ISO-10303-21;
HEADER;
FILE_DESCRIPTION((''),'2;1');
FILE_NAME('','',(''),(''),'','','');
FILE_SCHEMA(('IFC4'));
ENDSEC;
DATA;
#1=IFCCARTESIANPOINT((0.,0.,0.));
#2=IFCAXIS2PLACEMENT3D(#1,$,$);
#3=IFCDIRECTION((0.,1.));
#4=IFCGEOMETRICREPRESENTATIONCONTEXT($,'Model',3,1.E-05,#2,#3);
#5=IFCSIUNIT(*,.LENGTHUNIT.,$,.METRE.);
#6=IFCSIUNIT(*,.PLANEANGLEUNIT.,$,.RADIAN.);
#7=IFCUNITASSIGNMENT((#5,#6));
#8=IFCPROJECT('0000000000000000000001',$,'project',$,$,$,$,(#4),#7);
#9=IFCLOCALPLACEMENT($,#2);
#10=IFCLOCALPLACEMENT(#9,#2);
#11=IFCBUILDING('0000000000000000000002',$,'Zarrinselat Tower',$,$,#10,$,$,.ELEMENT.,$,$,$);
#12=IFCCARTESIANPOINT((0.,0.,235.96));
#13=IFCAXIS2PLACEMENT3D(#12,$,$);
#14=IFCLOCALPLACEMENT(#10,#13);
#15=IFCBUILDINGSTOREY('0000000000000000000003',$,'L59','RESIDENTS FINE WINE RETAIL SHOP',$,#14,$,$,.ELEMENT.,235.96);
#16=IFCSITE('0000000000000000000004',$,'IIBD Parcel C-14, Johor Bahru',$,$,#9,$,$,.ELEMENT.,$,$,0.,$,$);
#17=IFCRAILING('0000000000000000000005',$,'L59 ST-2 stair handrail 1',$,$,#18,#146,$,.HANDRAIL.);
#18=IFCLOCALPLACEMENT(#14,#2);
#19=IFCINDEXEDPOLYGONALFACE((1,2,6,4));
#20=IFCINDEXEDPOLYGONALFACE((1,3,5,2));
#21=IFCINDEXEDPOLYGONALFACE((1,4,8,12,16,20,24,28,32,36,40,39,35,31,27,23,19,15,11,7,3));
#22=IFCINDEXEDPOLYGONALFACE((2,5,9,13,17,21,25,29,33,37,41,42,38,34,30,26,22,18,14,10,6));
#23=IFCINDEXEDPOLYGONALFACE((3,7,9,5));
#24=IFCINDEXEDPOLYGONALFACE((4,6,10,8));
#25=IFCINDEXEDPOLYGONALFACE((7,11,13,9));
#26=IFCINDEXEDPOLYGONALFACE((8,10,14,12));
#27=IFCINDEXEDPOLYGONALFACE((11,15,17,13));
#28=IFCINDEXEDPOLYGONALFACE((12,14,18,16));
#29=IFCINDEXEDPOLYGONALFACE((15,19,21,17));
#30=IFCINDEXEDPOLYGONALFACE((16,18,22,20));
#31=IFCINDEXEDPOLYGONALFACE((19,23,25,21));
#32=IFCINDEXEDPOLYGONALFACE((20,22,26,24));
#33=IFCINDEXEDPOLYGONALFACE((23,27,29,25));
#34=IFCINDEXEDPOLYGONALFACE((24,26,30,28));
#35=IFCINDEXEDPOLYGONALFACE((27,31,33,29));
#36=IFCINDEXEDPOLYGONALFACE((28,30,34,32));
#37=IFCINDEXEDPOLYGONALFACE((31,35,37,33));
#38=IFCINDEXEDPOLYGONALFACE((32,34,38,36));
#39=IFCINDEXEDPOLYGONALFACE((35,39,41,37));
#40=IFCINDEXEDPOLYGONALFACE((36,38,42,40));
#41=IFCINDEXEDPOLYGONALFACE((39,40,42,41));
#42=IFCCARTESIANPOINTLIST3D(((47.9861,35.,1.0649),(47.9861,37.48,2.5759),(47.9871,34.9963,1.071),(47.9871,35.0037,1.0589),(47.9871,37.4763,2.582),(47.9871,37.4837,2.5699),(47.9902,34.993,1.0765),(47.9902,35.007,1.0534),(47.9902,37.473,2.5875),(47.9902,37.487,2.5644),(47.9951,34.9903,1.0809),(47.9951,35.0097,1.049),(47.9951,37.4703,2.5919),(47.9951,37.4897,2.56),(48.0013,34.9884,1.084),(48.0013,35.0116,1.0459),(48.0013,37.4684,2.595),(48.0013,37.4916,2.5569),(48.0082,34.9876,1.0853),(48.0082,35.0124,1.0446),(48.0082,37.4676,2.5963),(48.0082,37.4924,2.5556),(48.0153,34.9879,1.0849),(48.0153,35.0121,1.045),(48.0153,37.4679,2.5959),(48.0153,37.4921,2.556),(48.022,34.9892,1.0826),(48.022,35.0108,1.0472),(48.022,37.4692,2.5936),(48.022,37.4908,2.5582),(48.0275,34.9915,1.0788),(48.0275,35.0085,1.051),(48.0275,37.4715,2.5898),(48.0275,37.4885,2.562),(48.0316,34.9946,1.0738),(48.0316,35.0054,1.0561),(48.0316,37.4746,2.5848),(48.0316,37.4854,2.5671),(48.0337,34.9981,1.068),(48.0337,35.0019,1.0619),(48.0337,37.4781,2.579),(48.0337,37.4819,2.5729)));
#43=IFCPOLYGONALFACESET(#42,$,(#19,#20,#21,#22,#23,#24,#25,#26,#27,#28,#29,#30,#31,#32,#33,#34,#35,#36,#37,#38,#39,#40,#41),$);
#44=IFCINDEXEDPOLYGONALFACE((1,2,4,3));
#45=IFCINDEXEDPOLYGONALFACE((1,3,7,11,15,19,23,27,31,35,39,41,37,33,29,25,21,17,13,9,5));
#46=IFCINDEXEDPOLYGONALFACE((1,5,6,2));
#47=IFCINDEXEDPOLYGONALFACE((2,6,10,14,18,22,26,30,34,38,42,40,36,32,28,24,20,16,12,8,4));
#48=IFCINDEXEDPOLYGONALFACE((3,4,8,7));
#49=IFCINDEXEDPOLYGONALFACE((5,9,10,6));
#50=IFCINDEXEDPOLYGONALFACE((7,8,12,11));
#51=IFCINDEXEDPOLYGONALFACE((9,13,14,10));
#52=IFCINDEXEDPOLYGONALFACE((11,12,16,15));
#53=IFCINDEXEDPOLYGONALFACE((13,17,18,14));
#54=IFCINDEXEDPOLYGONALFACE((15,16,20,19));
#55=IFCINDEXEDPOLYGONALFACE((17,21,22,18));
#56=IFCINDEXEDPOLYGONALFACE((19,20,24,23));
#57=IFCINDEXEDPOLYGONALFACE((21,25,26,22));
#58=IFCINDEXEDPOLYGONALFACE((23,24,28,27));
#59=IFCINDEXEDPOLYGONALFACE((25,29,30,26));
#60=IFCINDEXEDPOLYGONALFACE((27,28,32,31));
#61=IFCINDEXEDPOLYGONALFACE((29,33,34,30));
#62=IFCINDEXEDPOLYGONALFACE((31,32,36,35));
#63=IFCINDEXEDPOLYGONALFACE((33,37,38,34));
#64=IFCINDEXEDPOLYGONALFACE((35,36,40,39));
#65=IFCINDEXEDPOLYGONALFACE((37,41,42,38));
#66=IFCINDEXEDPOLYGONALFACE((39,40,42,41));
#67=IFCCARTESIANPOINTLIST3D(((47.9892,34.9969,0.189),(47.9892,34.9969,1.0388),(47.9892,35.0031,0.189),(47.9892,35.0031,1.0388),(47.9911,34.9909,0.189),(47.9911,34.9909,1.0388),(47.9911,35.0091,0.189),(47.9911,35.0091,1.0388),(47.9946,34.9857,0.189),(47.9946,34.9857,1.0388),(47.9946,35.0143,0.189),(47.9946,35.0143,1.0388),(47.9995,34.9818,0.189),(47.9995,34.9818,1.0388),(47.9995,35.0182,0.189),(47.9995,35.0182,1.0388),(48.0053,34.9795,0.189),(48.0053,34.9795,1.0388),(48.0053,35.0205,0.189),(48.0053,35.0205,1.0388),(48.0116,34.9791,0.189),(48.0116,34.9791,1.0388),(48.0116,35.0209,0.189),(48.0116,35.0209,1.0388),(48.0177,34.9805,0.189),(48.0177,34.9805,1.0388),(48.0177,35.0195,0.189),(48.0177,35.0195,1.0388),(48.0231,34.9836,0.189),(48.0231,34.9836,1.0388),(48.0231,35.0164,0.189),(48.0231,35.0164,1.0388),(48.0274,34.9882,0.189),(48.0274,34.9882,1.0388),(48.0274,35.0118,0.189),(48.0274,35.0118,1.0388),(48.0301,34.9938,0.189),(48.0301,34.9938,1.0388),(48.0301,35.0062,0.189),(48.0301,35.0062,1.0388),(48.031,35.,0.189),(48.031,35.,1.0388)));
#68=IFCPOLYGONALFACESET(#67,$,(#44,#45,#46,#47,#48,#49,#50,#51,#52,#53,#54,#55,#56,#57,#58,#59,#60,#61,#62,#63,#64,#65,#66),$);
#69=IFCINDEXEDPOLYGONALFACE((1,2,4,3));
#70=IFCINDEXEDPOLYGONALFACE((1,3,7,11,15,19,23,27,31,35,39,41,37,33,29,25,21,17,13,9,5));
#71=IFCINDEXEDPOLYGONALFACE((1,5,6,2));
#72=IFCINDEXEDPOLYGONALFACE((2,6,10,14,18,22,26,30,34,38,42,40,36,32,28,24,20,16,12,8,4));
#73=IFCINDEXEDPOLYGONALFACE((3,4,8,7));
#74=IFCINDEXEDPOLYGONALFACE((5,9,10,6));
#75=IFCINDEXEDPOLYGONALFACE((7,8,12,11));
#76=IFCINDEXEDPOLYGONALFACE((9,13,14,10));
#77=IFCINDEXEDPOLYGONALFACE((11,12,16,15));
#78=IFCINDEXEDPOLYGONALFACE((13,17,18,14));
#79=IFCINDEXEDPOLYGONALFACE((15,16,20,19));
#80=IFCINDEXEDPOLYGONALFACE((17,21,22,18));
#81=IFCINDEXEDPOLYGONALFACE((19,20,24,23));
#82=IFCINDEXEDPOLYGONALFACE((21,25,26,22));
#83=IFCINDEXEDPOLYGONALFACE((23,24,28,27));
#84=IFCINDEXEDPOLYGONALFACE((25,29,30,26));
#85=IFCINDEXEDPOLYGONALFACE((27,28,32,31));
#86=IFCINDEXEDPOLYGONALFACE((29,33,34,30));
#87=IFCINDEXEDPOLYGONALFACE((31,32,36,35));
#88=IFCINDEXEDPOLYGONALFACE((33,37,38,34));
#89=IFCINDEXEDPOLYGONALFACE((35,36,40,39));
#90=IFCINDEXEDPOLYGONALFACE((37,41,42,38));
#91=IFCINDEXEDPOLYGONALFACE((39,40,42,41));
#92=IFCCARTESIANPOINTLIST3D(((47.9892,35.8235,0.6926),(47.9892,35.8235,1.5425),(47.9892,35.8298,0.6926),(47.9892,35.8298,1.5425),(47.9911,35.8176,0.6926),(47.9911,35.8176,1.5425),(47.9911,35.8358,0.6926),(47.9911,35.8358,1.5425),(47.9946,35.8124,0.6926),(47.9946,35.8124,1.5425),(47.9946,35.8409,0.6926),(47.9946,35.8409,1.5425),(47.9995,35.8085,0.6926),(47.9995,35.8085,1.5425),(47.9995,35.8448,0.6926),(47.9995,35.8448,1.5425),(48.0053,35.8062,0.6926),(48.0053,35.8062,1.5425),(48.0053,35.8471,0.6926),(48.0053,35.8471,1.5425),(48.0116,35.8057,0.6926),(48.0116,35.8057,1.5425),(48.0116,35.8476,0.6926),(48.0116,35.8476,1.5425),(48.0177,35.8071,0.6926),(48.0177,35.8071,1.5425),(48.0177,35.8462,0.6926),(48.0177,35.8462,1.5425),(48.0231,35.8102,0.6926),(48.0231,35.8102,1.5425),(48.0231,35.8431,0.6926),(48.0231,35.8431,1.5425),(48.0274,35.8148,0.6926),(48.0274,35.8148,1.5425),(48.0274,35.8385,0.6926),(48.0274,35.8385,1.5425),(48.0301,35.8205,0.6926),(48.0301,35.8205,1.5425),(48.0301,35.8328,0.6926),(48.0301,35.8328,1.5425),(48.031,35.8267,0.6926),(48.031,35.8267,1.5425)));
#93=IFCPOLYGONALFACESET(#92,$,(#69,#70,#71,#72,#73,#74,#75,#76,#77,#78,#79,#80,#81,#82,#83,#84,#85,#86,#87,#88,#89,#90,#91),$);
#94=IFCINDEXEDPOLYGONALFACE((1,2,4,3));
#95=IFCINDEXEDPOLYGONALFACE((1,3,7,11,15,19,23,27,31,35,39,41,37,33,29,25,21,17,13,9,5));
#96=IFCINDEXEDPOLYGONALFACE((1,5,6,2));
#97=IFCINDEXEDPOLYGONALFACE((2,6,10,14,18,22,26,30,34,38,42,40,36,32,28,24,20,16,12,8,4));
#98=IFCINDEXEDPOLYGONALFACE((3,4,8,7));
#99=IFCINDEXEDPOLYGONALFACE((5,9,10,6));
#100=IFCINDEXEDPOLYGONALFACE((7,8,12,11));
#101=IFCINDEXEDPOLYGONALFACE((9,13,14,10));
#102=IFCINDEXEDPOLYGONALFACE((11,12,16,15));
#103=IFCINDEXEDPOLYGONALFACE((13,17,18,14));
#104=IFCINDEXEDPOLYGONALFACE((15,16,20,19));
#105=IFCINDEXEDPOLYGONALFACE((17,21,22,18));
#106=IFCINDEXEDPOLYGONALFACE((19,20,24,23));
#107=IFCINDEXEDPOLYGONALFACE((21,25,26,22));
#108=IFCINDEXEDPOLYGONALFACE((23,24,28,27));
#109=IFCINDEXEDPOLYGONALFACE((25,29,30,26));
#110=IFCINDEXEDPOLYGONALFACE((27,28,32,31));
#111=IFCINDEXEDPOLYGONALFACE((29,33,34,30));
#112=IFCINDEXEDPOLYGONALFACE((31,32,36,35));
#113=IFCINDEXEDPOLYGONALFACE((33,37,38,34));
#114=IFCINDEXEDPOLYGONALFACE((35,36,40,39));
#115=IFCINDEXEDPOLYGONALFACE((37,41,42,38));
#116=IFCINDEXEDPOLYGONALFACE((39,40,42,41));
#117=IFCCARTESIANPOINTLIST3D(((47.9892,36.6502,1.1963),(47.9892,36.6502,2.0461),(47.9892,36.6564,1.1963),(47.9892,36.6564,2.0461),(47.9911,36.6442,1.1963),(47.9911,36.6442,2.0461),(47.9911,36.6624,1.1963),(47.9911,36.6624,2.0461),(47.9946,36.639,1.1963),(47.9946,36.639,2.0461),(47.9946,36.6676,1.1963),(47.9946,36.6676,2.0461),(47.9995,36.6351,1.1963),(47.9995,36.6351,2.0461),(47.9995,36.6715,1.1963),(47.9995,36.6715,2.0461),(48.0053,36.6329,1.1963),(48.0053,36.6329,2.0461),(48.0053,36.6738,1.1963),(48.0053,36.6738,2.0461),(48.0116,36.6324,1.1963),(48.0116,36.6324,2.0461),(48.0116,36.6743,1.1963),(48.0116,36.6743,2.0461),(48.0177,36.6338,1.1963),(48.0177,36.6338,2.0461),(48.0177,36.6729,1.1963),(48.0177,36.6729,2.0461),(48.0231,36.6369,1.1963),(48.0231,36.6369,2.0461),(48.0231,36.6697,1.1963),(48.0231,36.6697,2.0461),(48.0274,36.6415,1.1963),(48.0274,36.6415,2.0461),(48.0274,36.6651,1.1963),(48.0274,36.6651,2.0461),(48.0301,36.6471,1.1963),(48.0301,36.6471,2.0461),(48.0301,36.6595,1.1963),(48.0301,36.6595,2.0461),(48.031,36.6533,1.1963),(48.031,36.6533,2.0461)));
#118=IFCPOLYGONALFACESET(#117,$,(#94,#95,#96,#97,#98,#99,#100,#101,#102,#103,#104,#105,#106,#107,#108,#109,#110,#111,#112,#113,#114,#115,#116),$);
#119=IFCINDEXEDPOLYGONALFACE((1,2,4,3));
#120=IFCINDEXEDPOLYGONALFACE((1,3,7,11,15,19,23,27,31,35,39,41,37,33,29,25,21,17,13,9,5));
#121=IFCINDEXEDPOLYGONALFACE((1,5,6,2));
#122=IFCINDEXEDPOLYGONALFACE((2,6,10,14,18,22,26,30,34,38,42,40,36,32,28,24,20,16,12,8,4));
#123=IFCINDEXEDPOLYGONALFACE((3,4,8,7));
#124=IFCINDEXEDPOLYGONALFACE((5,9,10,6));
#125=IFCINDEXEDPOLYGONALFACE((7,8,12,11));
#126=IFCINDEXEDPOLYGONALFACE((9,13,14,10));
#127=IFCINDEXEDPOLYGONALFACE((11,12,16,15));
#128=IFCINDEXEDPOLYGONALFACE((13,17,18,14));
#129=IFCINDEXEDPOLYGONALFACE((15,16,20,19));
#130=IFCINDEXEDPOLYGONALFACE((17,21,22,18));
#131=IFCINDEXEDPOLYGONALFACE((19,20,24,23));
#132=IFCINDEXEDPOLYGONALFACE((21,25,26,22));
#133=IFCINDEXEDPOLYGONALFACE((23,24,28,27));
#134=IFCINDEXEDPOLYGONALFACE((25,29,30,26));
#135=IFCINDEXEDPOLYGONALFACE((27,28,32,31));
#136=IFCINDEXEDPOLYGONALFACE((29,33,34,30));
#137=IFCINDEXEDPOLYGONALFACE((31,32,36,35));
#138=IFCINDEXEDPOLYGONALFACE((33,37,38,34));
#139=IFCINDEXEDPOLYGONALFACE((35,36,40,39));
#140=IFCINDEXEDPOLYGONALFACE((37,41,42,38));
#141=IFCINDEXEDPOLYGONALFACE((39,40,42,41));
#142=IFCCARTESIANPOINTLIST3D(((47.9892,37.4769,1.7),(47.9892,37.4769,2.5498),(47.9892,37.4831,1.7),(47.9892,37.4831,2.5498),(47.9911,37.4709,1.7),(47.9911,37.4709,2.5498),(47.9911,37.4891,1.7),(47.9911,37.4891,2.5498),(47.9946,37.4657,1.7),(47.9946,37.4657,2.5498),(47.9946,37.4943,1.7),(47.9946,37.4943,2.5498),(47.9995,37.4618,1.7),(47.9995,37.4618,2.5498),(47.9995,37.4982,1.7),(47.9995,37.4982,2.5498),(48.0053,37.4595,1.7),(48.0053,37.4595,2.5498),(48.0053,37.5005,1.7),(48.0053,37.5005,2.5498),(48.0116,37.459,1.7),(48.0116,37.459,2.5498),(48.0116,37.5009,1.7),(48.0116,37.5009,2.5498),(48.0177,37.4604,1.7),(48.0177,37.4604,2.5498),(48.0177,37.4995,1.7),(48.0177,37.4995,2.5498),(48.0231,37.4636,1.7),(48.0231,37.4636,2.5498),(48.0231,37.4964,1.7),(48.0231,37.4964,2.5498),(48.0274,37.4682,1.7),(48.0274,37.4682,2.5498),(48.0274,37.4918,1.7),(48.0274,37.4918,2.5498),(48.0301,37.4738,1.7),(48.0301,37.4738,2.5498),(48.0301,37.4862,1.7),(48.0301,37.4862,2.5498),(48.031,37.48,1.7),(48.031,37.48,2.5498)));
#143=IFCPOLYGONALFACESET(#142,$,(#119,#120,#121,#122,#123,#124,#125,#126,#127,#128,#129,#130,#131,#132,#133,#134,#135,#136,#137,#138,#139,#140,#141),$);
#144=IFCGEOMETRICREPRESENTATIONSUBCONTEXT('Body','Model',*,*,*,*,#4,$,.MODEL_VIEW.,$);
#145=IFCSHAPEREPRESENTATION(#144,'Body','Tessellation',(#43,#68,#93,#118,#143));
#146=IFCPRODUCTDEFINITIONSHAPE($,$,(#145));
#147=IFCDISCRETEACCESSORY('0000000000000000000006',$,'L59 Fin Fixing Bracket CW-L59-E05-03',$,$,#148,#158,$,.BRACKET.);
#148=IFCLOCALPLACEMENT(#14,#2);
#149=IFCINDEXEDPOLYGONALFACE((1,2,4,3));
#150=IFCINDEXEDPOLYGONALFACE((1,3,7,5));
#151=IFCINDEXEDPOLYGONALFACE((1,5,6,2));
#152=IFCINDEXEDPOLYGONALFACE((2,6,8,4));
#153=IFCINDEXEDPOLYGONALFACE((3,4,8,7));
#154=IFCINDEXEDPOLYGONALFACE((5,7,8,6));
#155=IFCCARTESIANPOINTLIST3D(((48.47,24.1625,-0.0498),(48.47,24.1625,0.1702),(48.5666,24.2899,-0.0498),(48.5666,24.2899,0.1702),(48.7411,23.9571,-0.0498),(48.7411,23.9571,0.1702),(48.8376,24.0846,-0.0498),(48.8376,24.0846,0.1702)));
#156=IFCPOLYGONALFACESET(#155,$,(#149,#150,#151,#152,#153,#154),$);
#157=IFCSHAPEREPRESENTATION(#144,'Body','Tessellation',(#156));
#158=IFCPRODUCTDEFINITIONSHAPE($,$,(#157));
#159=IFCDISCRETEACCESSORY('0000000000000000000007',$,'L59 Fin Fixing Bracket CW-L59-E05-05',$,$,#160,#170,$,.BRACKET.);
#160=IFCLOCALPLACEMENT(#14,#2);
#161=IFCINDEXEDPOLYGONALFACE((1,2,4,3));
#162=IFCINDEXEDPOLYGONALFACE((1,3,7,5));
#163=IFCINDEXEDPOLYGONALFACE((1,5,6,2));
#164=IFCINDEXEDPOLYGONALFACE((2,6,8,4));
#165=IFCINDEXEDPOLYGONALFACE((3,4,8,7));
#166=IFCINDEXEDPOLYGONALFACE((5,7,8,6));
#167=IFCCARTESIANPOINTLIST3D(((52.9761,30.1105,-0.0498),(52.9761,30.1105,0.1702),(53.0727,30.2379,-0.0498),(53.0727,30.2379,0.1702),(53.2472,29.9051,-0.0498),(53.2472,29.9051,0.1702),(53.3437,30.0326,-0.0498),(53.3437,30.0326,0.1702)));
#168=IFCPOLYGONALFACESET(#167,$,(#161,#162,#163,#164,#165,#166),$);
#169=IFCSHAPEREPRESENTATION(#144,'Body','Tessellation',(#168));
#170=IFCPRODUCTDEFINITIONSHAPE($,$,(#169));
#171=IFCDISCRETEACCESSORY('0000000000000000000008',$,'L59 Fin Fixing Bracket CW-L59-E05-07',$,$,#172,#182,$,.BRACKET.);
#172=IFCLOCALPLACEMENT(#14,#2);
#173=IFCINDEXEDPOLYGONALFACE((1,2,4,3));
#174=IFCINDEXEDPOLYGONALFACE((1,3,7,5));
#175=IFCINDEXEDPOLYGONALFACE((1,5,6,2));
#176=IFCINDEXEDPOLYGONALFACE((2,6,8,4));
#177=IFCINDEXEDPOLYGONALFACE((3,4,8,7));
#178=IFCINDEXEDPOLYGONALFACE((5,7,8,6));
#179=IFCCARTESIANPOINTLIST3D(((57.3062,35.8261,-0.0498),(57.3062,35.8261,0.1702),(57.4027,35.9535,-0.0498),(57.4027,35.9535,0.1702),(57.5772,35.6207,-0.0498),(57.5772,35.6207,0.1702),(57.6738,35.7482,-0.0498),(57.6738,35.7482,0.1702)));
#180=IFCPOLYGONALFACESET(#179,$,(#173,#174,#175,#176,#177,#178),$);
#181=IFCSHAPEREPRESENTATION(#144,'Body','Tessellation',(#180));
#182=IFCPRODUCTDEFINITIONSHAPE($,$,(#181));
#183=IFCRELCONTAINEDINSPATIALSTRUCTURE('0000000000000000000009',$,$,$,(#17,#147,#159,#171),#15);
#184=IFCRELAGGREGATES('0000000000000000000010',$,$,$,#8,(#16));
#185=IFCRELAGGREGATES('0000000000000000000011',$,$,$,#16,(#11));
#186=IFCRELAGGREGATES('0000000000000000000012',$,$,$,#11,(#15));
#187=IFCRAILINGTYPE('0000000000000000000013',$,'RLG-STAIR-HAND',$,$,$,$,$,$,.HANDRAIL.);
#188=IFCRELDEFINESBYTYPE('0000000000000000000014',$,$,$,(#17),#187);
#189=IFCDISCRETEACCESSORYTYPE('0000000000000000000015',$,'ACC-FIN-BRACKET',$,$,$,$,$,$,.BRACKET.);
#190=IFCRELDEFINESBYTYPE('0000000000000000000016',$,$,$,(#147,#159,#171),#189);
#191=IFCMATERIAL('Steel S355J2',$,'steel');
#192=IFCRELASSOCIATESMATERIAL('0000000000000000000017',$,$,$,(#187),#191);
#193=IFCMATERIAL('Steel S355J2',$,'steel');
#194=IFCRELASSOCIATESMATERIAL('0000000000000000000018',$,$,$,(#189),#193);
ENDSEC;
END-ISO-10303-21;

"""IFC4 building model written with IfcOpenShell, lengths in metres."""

from ifc_helpers import new_model, si_unit, direction, frame, origin, origin_2d, place, context, subcontext, project, spatial, rectangle, circle, extrude, material, type_object, element, save


model = new_model("IFC4")

# Units and contexts
model_context = context("Model", 3, precision=1e-05, world=origin(), true_north=direction((0.0, 1.0)))
body_context = subcontext(model_context, "Body", "Model", "MODEL_VIEW")
ifc_project = project(units=[si_unit("LENGTHUNIT", "METRE"), si_unit("PLANEANGLEUNIT", "RADIAN")], contexts=[model_context])

# Site, building, storey
site_placement = place(None, origin())
site = spatial("IfcSite", under=ifc_project, at=site_placement, Name="IIBD Parcel C-14, Johor Bahru", CompositionType="ELEMENT", RefElevation=0.0)
building_placement = place(site_placement, origin())
building = spatial("IfcBuilding", under=site, at=building_placement, Name="Zarrinselat Tower", CompositionType="ELEMENT")
storey_placement = place(building_placement, frame((0.0, 0.0, 235.96)))
storey = spatial("IfcBuildingStorey", under=building, at=storey_placement, Name="L59", Description="RESIDENTS FINE WINE RETAIL SHOP", CompositionType="ELEMENT", Elevation=235.96)

# Railing
ifc_material_1 = material(Name="Steel S355J2", Category="steel")
railing_type = type_object("IfcRailingType", Name="RLG-STAIR-HAND", PredefinedType="HANDRAIL", material=ifc_material_1)
railing_placement = place(storey_placement, frame((48.01, 35.0, 0.189)))
element("IfcRailing", 1, at=railing_placement, inside=storey, type_object=railing_type, Name="L59 ST-2 stair handrail 1", PredefinedType="HANDRAIL", context=body_context, shape_type="SweptSolid", body=[
    extrude(circle(Radius=0.0239, at=origin_2d()), frame((0.0, 0.0, 0.876), z_axis=(0.0, 0.853979, 0.520307), x_axis=(-1.0, 0.0, 0.0)), (0.0, 0.0, 1.0), 2.9041),
    extrude(circle(Radius=0.021, at=origin_2d()), origin(), (0.0, 0.0, 1.0), 0.8499),
    extrude(circle(Radius=0.021, at=origin_2d()), frame((0.0, 0.8267, 0.5037)), (0.0, 0.0, 1.0), 0.8499),
    extrude(circle(Radius=0.021, at=origin_2d()), frame((0.0, 1.6533, 1.0073)), (0.0, 0.0, 1.0), 0.8499),
    extrude(circle(Radius=0.021, at=origin_2d()), frame((0.0, 2.48, 1.511)), (0.0, 0.0, 1.0), 0.8499),
])

# Discrete accessories
ifc_material_2 = material(Name="Steel S355J2", Category="steel")
discrete_accessory_type = type_object("IfcDiscreteAccessoryType", Name="ACC-FIN-BRACKET", PredefinedType="BRACKET", material=ifc_material_2)
for number, where, z_axis, x_axis, name in (
    (2, (48.6538, 24.1235, -0.0498), (0.0, 0.0, 1.0), (0.797091, -0.603859, 0.0), "L59 Fin Fixing Bracket CW-L59-E05-03"),
    (3, (53.1599, 30.0715, -0.0498), (0.0, 0.0, 1.0), (0.797091, -0.603859, 0.0), "L59 Fin Fixing Bracket CW-L59-E05-05"),
    (4, (57.49, 35.7871, -0.0498), (0.0, 0.0, 1.0), (0.797091, -0.603859, 0.0), "L59 Fin Fixing Bracket CW-L59-E05-07"),
):
    element("IfcDiscreteAccessory", number, at=place(storey_placement, frame(where, z_axis=z_axis, x_axis=x_axis)), inside=storey, type_object=discrete_accessory_type, Name=name, PredefinedType="BRACKET", context=body_context, shape_type="SweptSolid", body=[
        extrude(rectangle(XDim=0.3401, YDim=0.1599, at=origin_2d()), origin(), (0.0, 0.0, 1.0), 0.22),
    ])

save(model, "model.ifc")
